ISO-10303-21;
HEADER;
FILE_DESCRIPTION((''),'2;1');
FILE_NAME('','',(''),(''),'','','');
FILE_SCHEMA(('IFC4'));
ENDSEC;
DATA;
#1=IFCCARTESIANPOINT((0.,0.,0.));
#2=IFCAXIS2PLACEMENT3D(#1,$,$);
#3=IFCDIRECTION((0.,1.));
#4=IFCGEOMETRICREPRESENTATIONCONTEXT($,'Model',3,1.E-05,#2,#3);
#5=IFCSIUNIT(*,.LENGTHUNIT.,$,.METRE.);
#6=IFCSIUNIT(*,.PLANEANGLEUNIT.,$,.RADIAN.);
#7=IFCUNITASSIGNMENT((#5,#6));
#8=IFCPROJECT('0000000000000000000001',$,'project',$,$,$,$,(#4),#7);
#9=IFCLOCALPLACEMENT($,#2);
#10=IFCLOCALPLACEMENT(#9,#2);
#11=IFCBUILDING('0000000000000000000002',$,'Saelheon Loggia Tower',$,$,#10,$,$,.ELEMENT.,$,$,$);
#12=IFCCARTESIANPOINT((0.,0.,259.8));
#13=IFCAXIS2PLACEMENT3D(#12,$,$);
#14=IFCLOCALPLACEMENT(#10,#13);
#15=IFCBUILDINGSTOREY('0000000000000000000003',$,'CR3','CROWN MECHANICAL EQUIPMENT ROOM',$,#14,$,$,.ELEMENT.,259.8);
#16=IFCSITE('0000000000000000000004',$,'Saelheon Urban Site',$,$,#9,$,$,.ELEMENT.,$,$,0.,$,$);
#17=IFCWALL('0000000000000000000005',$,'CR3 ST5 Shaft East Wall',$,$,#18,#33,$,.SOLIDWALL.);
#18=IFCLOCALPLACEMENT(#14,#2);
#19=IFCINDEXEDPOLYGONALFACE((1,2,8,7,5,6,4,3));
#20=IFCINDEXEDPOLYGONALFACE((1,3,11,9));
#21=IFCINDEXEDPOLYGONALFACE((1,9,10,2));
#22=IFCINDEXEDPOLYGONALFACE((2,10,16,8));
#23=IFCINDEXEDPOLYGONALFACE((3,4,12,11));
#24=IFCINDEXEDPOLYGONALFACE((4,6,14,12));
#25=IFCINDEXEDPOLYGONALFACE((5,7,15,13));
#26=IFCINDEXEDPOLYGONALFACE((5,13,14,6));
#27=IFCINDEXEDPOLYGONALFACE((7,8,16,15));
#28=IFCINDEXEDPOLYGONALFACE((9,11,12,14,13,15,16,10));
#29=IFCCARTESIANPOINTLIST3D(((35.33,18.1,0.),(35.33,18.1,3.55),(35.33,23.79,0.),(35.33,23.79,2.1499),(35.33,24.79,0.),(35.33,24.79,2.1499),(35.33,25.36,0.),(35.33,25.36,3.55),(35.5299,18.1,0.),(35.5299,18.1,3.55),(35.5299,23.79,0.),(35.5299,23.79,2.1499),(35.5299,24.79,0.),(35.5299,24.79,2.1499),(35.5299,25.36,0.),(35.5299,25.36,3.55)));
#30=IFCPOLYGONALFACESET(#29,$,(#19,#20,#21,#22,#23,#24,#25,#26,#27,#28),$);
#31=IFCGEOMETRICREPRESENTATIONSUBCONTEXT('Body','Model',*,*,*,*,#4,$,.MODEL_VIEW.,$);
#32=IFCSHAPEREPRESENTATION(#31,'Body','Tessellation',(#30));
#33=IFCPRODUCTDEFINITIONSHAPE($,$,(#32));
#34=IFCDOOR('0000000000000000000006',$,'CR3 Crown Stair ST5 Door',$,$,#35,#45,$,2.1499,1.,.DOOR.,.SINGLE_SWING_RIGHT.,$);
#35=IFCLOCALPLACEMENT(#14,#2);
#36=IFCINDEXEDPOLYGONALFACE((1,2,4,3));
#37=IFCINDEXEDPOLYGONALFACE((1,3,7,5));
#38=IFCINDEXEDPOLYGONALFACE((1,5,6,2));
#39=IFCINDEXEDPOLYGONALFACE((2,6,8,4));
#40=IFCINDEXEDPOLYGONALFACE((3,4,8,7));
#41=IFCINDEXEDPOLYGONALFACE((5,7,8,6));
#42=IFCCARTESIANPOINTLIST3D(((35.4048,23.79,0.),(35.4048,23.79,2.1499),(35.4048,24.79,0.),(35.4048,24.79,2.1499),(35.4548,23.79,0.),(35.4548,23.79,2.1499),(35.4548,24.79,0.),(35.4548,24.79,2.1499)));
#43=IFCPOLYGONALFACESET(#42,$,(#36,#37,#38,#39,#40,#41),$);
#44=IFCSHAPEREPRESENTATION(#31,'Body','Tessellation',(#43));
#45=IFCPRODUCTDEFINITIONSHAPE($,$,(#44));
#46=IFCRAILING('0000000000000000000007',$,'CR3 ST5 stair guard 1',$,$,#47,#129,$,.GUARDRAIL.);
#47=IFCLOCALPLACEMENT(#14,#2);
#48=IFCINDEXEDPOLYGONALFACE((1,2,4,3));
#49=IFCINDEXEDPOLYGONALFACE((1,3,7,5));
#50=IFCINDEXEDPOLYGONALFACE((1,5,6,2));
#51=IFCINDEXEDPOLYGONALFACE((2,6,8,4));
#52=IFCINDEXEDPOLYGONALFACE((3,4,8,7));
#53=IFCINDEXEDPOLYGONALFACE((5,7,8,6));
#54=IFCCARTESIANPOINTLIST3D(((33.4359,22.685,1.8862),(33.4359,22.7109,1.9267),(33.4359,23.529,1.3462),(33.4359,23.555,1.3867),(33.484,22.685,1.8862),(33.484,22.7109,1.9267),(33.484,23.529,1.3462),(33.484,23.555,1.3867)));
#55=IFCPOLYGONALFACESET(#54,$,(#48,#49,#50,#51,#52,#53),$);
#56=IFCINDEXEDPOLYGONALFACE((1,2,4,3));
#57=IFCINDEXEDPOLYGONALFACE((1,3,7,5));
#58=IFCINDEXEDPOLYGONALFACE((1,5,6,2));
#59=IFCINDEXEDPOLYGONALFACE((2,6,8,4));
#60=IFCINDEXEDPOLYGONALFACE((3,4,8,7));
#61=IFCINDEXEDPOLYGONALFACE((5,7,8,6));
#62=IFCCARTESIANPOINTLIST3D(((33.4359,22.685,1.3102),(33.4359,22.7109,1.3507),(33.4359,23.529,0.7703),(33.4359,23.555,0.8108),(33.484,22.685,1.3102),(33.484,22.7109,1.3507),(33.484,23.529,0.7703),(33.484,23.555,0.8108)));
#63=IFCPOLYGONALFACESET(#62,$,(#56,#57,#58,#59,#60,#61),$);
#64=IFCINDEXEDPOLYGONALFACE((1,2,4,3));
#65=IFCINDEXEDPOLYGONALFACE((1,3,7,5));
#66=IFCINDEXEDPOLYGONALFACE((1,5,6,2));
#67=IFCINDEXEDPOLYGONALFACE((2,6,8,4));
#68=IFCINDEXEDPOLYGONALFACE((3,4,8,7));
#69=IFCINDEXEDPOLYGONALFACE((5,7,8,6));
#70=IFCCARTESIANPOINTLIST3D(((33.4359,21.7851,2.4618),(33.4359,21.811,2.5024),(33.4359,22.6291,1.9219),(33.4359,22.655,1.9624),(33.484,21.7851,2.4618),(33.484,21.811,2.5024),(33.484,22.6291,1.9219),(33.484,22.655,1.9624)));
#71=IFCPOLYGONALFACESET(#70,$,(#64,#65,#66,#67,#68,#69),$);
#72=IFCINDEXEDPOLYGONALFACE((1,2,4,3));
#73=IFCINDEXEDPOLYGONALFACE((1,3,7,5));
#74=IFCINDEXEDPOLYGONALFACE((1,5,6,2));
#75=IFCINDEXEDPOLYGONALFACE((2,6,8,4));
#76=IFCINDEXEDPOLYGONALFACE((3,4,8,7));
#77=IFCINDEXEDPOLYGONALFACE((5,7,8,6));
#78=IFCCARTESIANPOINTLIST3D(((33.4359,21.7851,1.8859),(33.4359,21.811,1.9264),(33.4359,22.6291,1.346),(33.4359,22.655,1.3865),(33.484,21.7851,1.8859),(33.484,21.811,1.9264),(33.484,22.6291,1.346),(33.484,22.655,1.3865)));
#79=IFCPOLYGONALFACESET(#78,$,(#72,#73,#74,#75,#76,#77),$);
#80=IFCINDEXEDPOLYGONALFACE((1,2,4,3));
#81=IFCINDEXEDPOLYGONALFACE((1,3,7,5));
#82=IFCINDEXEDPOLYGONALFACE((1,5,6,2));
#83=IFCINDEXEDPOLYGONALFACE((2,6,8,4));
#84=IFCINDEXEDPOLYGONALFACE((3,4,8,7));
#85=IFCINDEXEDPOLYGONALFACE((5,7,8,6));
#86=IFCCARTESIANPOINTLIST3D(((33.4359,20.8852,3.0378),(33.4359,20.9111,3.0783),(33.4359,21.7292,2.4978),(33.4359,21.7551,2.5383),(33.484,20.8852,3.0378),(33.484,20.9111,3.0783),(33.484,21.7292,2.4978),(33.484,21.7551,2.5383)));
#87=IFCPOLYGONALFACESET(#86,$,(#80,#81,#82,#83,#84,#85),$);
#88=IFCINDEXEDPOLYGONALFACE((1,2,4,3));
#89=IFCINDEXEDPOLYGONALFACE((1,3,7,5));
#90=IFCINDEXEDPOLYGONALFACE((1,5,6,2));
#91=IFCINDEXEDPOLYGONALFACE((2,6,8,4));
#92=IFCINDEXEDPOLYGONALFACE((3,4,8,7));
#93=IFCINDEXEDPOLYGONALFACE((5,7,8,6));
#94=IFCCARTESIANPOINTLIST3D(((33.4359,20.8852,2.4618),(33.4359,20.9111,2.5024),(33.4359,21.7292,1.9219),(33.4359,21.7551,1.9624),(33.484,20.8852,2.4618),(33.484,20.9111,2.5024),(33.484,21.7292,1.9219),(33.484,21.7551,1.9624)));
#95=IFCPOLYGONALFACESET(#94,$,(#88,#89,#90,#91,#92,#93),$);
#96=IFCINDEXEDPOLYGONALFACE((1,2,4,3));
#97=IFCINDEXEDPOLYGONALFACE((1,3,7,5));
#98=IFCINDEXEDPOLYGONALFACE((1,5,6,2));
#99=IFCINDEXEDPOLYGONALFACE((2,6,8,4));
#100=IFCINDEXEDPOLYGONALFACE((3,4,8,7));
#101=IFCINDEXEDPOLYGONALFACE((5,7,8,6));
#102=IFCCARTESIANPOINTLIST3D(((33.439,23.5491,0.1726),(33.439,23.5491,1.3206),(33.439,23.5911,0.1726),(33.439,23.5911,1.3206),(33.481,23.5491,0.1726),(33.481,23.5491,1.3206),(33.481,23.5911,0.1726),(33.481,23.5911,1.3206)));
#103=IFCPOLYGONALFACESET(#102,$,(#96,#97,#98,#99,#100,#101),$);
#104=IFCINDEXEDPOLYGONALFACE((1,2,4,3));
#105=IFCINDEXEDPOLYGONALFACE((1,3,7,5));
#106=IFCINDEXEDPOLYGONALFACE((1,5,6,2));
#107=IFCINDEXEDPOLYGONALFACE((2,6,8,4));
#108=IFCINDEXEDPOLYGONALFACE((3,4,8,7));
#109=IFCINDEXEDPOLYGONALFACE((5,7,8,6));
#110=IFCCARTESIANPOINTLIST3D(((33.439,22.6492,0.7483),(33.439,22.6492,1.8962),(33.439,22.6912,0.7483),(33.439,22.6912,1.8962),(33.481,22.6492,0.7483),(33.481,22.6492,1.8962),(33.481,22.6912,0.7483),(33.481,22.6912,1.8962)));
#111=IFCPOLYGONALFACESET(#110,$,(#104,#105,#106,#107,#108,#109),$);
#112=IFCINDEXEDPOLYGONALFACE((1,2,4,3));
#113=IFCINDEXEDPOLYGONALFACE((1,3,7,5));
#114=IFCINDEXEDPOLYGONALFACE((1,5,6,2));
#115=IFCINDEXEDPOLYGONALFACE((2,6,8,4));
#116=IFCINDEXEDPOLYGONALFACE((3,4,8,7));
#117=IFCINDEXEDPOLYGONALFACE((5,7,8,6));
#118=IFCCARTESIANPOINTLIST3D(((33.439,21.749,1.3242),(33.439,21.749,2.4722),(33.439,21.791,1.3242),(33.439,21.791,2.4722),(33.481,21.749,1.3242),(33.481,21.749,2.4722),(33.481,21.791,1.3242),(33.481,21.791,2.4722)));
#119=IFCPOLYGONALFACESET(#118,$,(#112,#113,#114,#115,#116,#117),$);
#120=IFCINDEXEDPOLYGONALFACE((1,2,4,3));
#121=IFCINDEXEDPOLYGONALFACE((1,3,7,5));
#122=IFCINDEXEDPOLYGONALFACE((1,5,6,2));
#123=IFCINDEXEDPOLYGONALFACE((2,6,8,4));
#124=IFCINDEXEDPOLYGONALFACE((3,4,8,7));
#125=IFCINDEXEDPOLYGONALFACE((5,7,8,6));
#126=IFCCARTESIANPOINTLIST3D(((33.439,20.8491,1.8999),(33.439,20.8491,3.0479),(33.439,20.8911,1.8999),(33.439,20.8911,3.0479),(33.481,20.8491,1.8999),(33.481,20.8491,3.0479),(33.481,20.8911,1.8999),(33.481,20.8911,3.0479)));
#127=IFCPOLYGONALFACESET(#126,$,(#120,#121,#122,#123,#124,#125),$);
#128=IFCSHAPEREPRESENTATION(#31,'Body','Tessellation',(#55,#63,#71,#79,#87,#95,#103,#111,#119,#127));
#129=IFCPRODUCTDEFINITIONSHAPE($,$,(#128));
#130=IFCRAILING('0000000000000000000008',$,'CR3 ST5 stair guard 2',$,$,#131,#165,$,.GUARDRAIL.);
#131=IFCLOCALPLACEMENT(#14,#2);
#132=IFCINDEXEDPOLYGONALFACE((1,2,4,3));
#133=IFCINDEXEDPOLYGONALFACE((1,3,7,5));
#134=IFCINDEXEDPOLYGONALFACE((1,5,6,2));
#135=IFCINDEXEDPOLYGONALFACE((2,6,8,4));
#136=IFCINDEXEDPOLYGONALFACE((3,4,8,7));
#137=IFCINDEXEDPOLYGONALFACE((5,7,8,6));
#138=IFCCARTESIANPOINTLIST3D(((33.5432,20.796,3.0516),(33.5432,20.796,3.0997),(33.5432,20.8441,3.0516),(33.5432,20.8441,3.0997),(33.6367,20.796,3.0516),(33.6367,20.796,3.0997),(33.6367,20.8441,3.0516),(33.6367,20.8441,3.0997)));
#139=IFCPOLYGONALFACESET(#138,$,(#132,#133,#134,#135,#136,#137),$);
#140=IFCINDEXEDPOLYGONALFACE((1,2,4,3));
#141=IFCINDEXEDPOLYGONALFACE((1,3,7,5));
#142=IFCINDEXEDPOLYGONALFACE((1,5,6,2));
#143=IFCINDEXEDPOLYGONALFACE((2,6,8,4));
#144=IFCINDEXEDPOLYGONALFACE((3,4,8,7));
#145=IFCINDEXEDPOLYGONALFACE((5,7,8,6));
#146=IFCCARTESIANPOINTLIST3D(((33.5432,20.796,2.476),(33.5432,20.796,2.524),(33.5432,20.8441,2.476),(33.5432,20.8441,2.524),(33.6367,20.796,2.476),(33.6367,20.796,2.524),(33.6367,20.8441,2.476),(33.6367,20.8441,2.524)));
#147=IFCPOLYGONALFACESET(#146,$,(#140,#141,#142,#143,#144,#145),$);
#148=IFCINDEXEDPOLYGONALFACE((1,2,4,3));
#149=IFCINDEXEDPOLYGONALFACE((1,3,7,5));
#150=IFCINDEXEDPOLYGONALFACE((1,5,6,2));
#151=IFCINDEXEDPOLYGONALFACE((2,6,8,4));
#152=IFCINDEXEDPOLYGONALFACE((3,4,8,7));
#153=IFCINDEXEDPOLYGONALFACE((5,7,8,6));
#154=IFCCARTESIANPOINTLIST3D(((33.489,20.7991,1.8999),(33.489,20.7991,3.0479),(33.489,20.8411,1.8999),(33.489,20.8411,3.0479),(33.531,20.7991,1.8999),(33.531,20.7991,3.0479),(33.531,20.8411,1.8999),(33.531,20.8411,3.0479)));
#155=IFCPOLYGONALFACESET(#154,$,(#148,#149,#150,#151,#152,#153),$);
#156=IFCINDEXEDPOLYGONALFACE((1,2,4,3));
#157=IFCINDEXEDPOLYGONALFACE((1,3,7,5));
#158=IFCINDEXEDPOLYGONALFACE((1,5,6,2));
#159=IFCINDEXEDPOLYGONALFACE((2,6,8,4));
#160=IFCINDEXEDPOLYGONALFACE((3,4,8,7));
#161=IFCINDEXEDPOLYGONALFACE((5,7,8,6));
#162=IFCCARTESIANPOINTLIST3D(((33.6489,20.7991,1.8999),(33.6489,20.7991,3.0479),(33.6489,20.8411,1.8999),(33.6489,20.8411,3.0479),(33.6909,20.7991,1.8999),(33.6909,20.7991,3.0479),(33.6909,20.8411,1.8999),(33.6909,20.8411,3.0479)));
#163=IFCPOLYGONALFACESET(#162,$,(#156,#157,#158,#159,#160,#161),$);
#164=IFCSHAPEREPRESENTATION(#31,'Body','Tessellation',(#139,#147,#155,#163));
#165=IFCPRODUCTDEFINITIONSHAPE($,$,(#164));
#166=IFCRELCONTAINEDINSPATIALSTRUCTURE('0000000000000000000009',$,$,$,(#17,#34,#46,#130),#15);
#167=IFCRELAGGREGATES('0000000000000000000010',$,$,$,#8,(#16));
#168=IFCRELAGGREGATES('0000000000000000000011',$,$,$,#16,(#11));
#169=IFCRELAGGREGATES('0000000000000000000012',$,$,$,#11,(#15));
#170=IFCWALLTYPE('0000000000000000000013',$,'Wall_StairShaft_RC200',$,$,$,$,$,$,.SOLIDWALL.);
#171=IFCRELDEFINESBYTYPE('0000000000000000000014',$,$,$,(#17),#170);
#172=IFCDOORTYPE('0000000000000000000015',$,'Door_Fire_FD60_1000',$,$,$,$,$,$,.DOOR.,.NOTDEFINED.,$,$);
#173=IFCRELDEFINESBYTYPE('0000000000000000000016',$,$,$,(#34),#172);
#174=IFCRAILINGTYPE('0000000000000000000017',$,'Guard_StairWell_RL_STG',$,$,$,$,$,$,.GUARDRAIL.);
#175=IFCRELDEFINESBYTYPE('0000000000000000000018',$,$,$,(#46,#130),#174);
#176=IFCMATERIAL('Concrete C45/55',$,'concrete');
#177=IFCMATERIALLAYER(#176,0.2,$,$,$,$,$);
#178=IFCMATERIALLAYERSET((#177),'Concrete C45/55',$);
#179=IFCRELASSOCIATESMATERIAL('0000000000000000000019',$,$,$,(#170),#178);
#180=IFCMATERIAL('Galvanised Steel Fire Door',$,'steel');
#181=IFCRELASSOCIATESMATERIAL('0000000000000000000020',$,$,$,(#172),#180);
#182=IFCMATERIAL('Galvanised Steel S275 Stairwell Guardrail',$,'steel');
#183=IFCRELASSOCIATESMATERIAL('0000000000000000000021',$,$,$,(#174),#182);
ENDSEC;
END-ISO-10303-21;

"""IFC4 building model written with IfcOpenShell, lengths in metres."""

from ifc_helpers import new_model, si_unit, direction, frame, frame_2d, origin, origin_2d, place, context, subcontext, project, spatial, rectangle, extrude, source, transform, mapped, material, layer, layer_set, type_object, element, fill, save


model = new_model("IFC4")

# Units and contexts
model_context = context("Model", 3, precision=1e-05, world=origin(), true_north=direction((0.0, 1.0)))
body_context = subcontext(model_context, "Body", "Model", "MODEL_VIEW")
ifc_project = project(units=[si_unit("LENGTHUNIT", "METRE"), si_unit("PLANEANGLEUNIT", "RADIAN")], contexts=[model_context])

# Site, building, storey
site_placement = place(None, origin())
site = spatial("IfcSite", under=ifc_project, at=site_placement, Name="Saelheon Urban Site", CompositionType="ELEMENT", RefElevation=0.0)
building_placement = place(site_placement, origin())
building = spatial("IfcBuilding", under=site, at=building_placement, Name="Saelheon Loggia Tower", CompositionType="ELEMENT")
storey_placement = place(building_placement, frame((0.0, 0.0, 259.8)))
storey = spatial("IfcBuildingStorey", under=building, at=storey_placement, Name="CR3", Description="CROWN MECHANICAL EQUIPMENT ROOM", CompositionType="ELEMENT", Elevation=259.8)

# Shared definitions
ifc_material_1 = material(Name="Concrete C45/55", Category="concrete")
ifc_layer_1 = layer(ifc_material_1, 0.2)
ifc_layer_set_1 = layer_set([ifc_layer_1], Name="Concrete C45/55")
wall_type_1 = type_object("IfcWallType", Name="Wall_StairShaft_RC200", PredefinedType="SOLIDWALL", material=ifc_layer_set_1)

# Wall, opening, door
wall_1_placement = place(storey_placement, frame((35.4299, 18.1001, 0.0), z_axis=(0.0, 0.0, 1.0), x_axis=(0.0, 1.0, 0.0)))
wall_1 = element("IfcWall", 1, at=wall_1_placement, inside=storey, type_object=wall_type_1, Name="CR3 ST5 Shaft East Wall", PredefinedType="SOLIDWALL", context=body_context, shape_type="SweptSolid", body=[
    extrude(rectangle(XDim=7.26, YDim=0.2, at=frame_2d((3.6299, 0.0))), origin(), (0.0, 0.0, 1.0), 3.55),
])
opening_1_placement = place(wall_1_placement, frame((6.6899, 0.0, 0.0), z_axis=(0.0, 0.0, 1.0), x_axis=(-1.0, 0.0, 0.0)))
opening_1 = element("IfcOpeningElement", 2, at=opening_1_placement, cuts=wall_1, PredefinedType="OPENING", context=body_context, shape_type="SweptSolid", body=[
    extrude(rectangle(XDim=1.0, YDim=2.1499, at=frame_2d((0.5, 1.075))), frame((0.0, 0.1121, 0.0), z_axis=(0.0, -1.0, 0.0), x_axis=(1.0, 0.0, 0.0)), (0.0, 0.0, 1.0), 0.2239),
])
ifc_material_2 = material(Name="Galvanised Steel Fire Door", Category="steel")
door_type_1 = type_object("IfcDoorType", Name="Door_Fire_FD60_1000", OperationType="NOTDEFINED", PredefinedType="DOOR", material=ifc_material_2)
shared_shape_1 = source(origin(), body_context, "Body", "SweptSolid", [
    extrude(rectangle(XDim=1.0, YDim=2.1499, at=frame_2d((0.5, 1.075))), frame((0.0, 0.0249, 0.0), z_axis=(0.0, -1.0, 0.0), x_axis=(1.0, 0.0, 0.0)), (0.0, 0.0, 1.0), 0.05),
])
door_1_placement = place(opening_1_placement, origin())
door_1 = element("IfcDoor", 3, at=door_1_placement, inside=storey, type_object=door_type_1, Name="CR3 Crown Stair ST5 Door", OperationType="SINGLE_SWING_RIGHT", OverallHeight=2.1499, OverallWidth=1.0, PredefinedType="DOOR", context=body_context, shape_type="MappedRepresentation", body=[
    mapped(shared_shape_1, transform((0.0, 0.0, 0.0), scale=1.0)),
])
fill(opening_1, door_1)

# Railings
ifc_material_3 = material(Name="Galvanised Steel S275 Stairwell Guardrail", Category="steel")
railing_type_1 = type_object("IfcRailingType", Name="Guard_StairWell_RL_STG", PredefinedType="GUARDRAIL", material=ifc_material_3)
railing_1_placement = place(storey_placement, frame((33.46, 23.5701, 0.1726)))
element("IfcRailing", 4, at=railing_1_placement, inside=storey, type_object=railing_type_1, Name="CR3 ST5 stair guard 1", PredefinedType="GUARDRAIL", context=body_context, shape_type="SweptSolid", body=[
    extrude(rectangle(XDim=0.0481, YDim=0.0481, at=origin_2d()), frame((0.0, -0.0281, 1.1938), z_axis=(0.0, -0.842367, 0.538905), x_axis=(1.0, 0.0, 0.0)), (0.0, 0.0, 1.0), 1.002),
    extrude(rectangle(XDim=0.0481, YDim=0.0481, at=origin_2d()), frame((0.0, -0.0281, 0.6179), z_axis=(0.0, -0.842367, 0.538905), x_axis=(1.0, 0.0, 0.0)), (0.0, 0.0, 1.0), 1.002),
    extrude(rectangle(XDim=0.0481, YDim=0.0481, at=origin_2d()), frame((0.0, -0.928, 1.7695), z_axis=(0.0, -0.842367, 0.538905), x_axis=(1.0, 0.0, 0.0)), (0.0, 0.0, 1.0), 1.002),
    extrude(rectangle(XDim=0.0481, YDim=0.0481, at=origin_2d()), frame((0.0, -0.928, 1.1936), z_axis=(0.0, -0.842367, 0.538905), x_axis=(1.0, 0.0, 0.0)), (0.0, 0.0, 1.0), 1.002),
    extrude(rectangle(XDim=0.0481, YDim=0.0481, at=origin_2d()), frame((0.0, -1.8279, 2.3455), z_axis=(0.0, -0.842367, 0.538905), x_axis=(1.0, 0.0, 0.0)), (0.0, 0.0, 1.0), 1.002),
    extrude(rectangle(XDim=0.0481, YDim=0.0481, at=origin_2d()), frame((0.0, -1.8279, 1.7695), z_axis=(0.0, -0.842367, 0.538905), x_axis=(1.0, 0.0, 0.0)), (0.0, 0.0, 1.0), 1.002),
    extrude(rectangle(XDim=0.042, YDim=0.042, at=origin_2d()), origin(), (0.0, 0.0, 1.0), 1.1479),
    extrude(rectangle(XDim=0.042, YDim=0.042, at=origin_2d()), frame((0.0, -0.8999, 0.5757)), (0.0, 0.0, 1.0), 1.1479),
    extrude(rectangle(XDim=0.042, YDim=0.042, at=origin_2d()), frame((0.0, -1.8, 1.1516)), (0.0, 0.0, 1.0), 1.1479),
    extrude(rectangle(XDim=0.042, YDim=0.042, at=origin_2d()), frame((0.0, -2.7, 1.7273)), (0.0, 0.0, 1.0), 1.1479),
])
railing_2_placement = place(storey_placement, frame((33.51, 20.8201, 1.8999)))
element("IfcRailing", 5, at=railing_2_placement, inside=storey, type_object=railing_type_1, Name="CR3 ST5 stair guard 2", PredefinedType="GUARDRAIL", context=body_context, shape_type="SweptSolid", body=[
    extrude(rectangle(XDim=0.0481, YDim=0.0481, at=origin_2d()), frame((0.0332, 0.0, 1.1758), z_axis=(1.0, 0.0, 0.0), x_axis=(0.0, 1.0, 0.0)), (0.0, 0.0, 1.0), 0.0935),
    extrude(rectangle(XDim=0.0481, YDim=0.0481, at=origin_2d()), frame((0.0332, 0.0, 0.6001), z_axis=(1.0, 0.0, 0.0), x_axis=(0.0, 1.0, 0.0)), (0.0, 0.0, 1.0), 0.0935),
    extrude(rectangle(XDim=0.042, YDim=0.042, at=origin_2d()), origin(), (0.0, 0.0, 1.0), 1.1479),
    extrude(rectangle(XDim=0.042, YDim=0.042, at=origin_2d()), frame((0.1599, 0.0, 0.0)), (0.0, 0.0, 1.0), 1.1479),
])

save(model, "model.ifc")
